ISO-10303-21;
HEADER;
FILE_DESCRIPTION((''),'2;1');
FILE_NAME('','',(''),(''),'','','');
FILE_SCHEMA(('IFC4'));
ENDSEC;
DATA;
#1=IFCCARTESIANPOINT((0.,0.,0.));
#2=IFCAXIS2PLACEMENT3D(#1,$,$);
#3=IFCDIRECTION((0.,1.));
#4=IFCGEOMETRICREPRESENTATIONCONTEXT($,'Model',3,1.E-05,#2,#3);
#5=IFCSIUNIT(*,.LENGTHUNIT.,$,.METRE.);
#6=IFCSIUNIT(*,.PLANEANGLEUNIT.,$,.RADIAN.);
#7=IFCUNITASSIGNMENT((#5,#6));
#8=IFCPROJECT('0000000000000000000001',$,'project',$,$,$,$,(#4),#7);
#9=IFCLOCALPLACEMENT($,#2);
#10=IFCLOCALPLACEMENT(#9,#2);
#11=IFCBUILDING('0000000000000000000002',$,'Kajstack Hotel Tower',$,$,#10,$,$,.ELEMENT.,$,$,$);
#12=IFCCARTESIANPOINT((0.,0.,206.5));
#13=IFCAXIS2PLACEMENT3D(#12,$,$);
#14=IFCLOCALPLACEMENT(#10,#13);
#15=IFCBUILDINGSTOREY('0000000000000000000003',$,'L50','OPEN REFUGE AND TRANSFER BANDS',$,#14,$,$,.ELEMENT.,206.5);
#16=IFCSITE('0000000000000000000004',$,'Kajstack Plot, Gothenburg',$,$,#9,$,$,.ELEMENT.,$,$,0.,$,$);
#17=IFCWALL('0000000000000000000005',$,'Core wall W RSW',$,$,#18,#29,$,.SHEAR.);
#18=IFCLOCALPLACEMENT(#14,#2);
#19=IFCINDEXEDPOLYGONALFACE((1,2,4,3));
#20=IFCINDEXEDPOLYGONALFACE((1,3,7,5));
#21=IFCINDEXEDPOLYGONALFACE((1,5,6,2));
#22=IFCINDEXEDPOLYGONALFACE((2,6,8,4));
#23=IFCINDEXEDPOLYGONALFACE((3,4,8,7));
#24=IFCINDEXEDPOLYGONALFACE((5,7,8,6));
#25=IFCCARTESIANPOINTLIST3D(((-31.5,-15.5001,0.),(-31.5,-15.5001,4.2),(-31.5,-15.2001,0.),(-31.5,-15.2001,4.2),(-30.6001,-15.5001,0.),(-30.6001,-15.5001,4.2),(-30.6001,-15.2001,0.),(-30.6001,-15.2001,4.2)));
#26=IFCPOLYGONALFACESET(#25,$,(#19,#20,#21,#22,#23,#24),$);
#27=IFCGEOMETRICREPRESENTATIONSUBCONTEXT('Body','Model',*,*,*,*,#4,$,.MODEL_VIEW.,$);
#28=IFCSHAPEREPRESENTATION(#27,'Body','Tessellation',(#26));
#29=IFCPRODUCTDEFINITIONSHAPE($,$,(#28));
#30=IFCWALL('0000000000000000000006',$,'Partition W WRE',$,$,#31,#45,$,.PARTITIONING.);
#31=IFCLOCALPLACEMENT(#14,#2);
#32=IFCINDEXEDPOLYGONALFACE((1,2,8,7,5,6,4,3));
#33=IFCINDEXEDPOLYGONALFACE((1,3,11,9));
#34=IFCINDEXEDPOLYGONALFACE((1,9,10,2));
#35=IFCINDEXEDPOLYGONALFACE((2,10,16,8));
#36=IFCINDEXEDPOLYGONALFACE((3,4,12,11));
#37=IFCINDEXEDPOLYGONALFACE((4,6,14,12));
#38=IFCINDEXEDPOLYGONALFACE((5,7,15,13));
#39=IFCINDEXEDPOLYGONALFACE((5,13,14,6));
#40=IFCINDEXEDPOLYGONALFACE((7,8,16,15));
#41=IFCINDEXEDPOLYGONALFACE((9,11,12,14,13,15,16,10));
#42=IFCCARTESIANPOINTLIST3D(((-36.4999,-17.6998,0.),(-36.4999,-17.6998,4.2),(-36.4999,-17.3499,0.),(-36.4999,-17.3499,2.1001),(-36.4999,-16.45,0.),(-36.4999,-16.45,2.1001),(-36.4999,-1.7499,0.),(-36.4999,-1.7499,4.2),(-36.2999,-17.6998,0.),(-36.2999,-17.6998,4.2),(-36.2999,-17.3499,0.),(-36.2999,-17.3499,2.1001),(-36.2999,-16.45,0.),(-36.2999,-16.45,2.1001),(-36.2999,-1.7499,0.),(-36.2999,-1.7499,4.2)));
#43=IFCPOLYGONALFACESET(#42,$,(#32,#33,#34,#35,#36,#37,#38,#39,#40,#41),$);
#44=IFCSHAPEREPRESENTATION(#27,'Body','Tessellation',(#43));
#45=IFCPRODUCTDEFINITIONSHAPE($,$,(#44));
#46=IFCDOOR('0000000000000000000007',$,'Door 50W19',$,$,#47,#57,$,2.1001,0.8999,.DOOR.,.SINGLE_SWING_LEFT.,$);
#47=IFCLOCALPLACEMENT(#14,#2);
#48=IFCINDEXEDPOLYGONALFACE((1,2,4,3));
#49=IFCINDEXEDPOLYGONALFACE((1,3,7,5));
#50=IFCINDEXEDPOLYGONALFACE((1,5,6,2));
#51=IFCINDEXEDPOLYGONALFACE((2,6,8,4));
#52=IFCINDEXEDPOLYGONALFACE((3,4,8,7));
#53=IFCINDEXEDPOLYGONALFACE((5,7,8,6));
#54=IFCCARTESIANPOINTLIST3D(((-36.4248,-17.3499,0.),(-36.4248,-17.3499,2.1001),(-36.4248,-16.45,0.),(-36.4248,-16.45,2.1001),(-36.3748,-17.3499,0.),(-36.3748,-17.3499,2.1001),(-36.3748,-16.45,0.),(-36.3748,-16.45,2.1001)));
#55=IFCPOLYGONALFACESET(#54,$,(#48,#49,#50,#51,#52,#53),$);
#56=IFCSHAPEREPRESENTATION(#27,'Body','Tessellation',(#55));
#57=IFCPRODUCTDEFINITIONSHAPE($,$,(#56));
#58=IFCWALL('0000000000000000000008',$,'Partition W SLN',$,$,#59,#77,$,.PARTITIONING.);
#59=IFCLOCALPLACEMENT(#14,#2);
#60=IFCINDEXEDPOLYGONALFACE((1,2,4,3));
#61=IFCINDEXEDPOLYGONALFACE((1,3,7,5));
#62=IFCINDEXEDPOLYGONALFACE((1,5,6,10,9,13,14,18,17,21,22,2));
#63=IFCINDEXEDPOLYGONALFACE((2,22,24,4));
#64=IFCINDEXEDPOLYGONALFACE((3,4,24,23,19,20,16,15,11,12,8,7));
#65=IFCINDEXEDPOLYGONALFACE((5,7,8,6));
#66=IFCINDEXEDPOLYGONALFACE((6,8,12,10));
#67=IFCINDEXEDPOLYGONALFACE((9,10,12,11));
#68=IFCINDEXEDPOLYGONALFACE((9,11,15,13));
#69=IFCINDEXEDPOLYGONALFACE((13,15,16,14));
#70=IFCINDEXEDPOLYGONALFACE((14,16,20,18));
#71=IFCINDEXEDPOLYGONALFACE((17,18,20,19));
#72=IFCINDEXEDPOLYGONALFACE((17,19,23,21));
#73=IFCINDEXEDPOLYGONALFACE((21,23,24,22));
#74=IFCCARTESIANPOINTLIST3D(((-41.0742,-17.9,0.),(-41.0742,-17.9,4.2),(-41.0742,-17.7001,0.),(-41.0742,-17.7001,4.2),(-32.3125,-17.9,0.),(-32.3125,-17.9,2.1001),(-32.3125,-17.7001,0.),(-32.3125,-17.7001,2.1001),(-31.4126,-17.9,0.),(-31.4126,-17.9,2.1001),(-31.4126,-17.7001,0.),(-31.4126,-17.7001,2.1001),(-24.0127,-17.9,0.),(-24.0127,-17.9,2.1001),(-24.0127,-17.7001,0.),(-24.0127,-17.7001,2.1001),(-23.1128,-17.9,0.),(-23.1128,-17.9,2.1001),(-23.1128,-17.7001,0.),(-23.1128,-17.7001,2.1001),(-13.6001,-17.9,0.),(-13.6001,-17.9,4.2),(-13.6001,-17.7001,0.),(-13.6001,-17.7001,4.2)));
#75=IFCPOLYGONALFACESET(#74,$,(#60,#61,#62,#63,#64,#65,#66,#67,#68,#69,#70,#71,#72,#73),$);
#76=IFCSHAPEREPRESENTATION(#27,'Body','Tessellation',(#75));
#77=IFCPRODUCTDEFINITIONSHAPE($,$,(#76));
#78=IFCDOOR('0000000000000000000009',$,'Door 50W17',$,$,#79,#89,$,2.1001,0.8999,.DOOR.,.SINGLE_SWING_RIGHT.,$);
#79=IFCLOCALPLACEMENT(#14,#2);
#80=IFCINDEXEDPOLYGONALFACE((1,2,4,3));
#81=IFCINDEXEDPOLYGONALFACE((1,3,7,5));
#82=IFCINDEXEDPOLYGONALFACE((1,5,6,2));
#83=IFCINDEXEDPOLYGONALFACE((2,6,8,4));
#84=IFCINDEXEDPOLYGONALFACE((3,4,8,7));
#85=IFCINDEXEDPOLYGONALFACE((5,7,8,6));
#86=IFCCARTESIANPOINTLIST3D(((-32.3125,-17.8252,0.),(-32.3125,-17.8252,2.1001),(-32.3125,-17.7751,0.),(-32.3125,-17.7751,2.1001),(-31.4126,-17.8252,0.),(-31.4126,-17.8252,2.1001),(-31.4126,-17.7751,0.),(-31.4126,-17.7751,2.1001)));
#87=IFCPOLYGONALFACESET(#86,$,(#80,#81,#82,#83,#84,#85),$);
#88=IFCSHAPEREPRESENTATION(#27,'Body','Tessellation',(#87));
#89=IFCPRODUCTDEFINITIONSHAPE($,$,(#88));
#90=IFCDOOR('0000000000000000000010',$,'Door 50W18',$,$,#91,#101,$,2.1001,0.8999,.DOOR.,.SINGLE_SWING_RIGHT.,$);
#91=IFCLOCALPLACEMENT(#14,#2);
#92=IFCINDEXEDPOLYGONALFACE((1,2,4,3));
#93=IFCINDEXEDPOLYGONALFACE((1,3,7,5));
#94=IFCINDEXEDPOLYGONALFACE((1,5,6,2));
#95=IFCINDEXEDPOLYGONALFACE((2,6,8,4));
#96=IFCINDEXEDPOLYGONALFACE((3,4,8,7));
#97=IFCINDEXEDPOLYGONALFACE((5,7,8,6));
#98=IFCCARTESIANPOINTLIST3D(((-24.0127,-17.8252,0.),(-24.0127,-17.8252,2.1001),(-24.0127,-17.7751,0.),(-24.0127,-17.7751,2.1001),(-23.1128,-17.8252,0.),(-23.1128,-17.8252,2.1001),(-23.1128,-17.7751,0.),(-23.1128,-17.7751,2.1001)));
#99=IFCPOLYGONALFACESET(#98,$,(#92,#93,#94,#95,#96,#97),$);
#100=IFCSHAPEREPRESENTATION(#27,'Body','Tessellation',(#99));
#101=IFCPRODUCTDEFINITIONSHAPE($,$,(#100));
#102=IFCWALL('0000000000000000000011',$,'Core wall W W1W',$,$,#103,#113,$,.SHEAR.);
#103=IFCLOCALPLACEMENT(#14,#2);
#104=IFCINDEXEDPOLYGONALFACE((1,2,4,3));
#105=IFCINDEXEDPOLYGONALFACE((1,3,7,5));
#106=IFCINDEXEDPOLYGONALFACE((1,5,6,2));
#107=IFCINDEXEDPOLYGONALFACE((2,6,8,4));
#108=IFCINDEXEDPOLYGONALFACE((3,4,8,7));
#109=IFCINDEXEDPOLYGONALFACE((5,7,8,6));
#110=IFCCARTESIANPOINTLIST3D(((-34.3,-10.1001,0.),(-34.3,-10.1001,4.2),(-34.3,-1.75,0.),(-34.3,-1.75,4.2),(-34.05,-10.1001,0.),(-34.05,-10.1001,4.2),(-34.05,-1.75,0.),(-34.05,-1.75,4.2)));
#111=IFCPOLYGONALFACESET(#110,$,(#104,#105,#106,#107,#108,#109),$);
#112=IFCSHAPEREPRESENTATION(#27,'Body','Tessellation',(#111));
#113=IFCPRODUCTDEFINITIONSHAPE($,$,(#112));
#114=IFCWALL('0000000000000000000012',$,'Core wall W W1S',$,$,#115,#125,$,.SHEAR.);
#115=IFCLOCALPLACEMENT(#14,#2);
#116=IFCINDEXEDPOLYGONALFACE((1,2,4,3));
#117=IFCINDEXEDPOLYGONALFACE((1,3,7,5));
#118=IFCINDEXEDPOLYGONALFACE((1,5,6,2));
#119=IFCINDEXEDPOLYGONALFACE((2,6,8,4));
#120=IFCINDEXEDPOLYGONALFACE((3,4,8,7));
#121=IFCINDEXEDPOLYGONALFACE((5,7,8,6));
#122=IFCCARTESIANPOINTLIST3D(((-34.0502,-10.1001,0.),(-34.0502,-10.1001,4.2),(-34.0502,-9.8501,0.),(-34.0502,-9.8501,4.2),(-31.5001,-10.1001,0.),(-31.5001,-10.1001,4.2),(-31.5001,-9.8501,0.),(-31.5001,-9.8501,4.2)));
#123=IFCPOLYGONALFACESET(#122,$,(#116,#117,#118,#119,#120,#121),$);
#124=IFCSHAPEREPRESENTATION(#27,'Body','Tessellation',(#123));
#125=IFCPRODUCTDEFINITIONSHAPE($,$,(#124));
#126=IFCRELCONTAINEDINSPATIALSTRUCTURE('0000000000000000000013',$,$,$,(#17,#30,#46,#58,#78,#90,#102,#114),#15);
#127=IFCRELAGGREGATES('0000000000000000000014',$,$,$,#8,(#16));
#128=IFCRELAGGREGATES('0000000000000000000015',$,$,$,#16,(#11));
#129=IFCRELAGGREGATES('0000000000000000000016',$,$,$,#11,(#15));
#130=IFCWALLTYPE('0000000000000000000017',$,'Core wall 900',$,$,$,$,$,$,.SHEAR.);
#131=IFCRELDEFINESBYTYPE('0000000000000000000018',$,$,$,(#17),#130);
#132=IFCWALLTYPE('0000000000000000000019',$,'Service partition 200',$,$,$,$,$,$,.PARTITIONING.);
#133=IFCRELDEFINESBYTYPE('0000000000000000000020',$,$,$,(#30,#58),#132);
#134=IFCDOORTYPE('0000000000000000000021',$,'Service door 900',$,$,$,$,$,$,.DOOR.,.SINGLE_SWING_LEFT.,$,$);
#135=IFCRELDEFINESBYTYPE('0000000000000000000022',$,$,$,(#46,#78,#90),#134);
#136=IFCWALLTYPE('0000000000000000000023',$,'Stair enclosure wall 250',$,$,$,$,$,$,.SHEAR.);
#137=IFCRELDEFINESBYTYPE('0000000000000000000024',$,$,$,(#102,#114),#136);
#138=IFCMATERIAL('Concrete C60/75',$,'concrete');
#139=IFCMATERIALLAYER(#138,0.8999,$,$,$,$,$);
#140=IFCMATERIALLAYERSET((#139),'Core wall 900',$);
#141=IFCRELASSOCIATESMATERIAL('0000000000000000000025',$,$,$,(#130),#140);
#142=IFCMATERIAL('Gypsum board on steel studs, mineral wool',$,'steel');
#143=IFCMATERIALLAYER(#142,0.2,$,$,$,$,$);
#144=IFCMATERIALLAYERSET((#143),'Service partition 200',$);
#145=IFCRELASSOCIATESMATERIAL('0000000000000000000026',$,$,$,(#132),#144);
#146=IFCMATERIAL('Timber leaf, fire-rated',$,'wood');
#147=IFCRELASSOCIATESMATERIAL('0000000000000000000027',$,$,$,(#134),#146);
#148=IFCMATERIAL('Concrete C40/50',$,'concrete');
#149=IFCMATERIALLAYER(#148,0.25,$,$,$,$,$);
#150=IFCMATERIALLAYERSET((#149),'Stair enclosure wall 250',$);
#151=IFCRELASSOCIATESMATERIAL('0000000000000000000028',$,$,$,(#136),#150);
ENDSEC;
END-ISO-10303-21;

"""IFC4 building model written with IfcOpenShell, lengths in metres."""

from ifc_helpers import new_model, si_unit, direction, frame, frame_2d, origin, place, context, subcontext, project, spatial, rectangle, extrude, material, layer, layer_set, type_object, element, fill, save


model = new_model("IFC4")

# Units and contexts
model_context = context("Model", 3, precision=1e-05, world=origin(), true_north=direction((0.0, 1.0)))
body_context = subcontext(model_context, "Body", "Model", "MODEL_VIEW")
ifc_project = project(units=[si_unit("LENGTHUNIT", "METRE"), si_unit("PLANEANGLEUNIT", "RADIAN")], contexts=[model_context])

# Site, building, storey
site_placement = place(None, origin())
site = spatial("IfcSite", under=ifc_project, at=site_placement, Name="Kajstack Plot, Gothenburg", CompositionType="ELEMENT", RefElevation=0.0)
building_placement = place(site_placement, origin())
building = spatial("IfcBuilding", under=site, at=building_placement, Name="Kajstack Hotel Tower", CompositionType="ELEMENT")
storey_placement = place(building_placement, frame((0.0, 0.0, 206.5)))
storey = spatial("IfcBuildingStorey", under=building, at=storey_placement, Name="L50", Description="OPEN REFUGE AND TRANSFER BANDS", CompositionType="ELEMENT", Elevation=206.5)

# Wall
ifc_material_1 = material(Name="Concrete C60/75", Category="concrete")
ifc_layer_1 = layer(ifc_material_1, 0.8999)
ifc_layer_set_1 = layer_set([ifc_layer_1], Name="Core wall 900")
wall_type_1 = type_object("IfcWallType", Name="Core wall 900", PredefinedType="SHEAR", material=ifc_layer_set_1)
wall_1_placement = place(storey_placement, frame((-31.5, -15.3501, 0.0), z_axis=(0.0, 0.0, 1.0), x_axis=(1.0, 0.0, 0.0)))
element("IfcWall", 1, at=wall_1_placement, inside=storey, type_object=wall_type_1, Name="Core wall W RSW", PredefinedType="SHEAR", context=body_context, shape_type="SweptSolid", body=[
    extrude(rectangle(XDim=0.8999, YDim=0.3, at=frame_2d((0.45, 0.0))), origin(), (0.0, 0.0, 1.0), 4.2),
])

# Wall, opening, door
ifc_material_2 = material(Name="Gypsum board on steel studs, mineral wool", Category="steel")
ifc_layer_2 = layer(ifc_material_2, 0.2)
ifc_layer_set_2 = layer_set([ifc_layer_2], Name="Service partition 200")
wall_type_2 = type_object("IfcWallType", Name="Service partition 200", PredefinedType="PARTITIONING", material=ifc_layer_set_2)
wall_2_placement = place(storey_placement, frame((-36.3999, -17.7, 0.0), z_axis=(0.0, 0.0, 1.0), x_axis=(0.0, 1.0, 0.0)))
wall_2 = element("IfcWall", 2, at=wall_2_placement, inside=storey, type_object=wall_type_2, Name="Partition W WRE", PredefinedType="PARTITIONING", context=body_context, shape_type="SweptSolid", body=[
    extrude(rectangle(XDim=15.95, YDim=0.2, at=frame_2d((7.9751, 0.0))), origin(), (0.0, 0.0, 1.0), 4.2),
])
opening_1_placement = place(wall_2_placement, frame((0.3501, 0.0, 0.0)))
opening_1 = element("IfcOpeningElement", 3, at=opening_1_placement, cuts=wall_2, PredefinedType="OPENING", context=body_context, shape_type="SweptSolid", body=[
    extrude(rectangle(XDim=0.8999, YDim=2.1001, at=frame_2d((0.45, 1.05))), frame((0.0, 0.1099, 0.0), z_axis=(0.0, -1.0, 0.0), x_axis=(1.0, 0.0, 0.0)), (0.0, 0.0, 1.0), 0.22),
])
ifc_material_3 = material(Name="Timber leaf, fire-rated", Category="wood")
door_type = type_object("IfcDoorType", Name="Service door 900", OperationType="SINGLE_SWING_LEFT", PredefinedType="DOOR", material=ifc_material_3)
door_1_placement = place(opening_1_placement, origin())
door_1 = element("IfcDoor", 4, at=door_1_placement, inside=storey, type_object=door_type, Name="Door 50W19", OperationType="SINGLE_SWING_LEFT", OverallHeight=2.1001, OverallWidth=0.8999, PredefinedType="DOOR", context=body_context, shape_type="SweptSolid", body=[
    extrude(rectangle(XDim=0.8999, YDim=2.1001, at=frame_2d((0.45, 1.05))), frame((0.0, 0.0249, 0.0), z_axis=(0.0, -1.0, 0.0), x_axis=(1.0, 0.0, 0.0)), (0.0, 0.0, 1.0), 0.05),
])
fill(opening_1, door_1)

# Wall, openings, doors
wall_3_placement = place(storey_placement, frame((-41.0742, -17.8, 0.0), z_axis=(0.0, 0.0, 1.0), x_axis=(1.0, 0.0, 0.0)))
wall_3 = element("IfcWall", 5, at=wall_3_placement, inside=storey, type_object=wall_type_2, Name="Partition W SLN", PredefinedType="PARTITIONING", context=body_context, shape_type="SweptSolid", body=[
    extrude(rectangle(XDim=27.4741, YDim=0.2, at=frame_2d((13.7371, 0.0))), origin(), (0.0, 0.0, 1.0), 4.2),
])
opening_2_placement = place(wall_3_placement, frame((8.7617, 0.0, 0.0)))
opening_2 = element("IfcOpeningElement", 6, at=opening_2_placement, cuts=wall_3, PredefinedType="OPENING", context=body_context, shape_type="SweptSolid", body=[
    extrude(rectangle(XDim=0.8999, YDim=2.1001, at=frame_2d((0.45, 1.05))), frame((0.0, 0.1099, 0.0), z_axis=(0.0, -1.0, 0.0), x_axis=(1.0, 0.0, 0.0)), (0.0, 0.0, 1.0), 0.22),
])
opening_3_placement = place(wall_3_placement, frame((17.0615, 0.0, 0.0)))
opening_3 = element("IfcOpeningElement", 7, at=opening_3_placement, cuts=wall_3, PredefinedType="OPENING", context=body_context, shape_type="SweptSolid", body=[
    extrude(rectangle(XDim=0.8999, YDim=2.1001, at=frame_2d((0.45, 1.05))), frame((0.0, 0.1099, 0.0), z_axis=(0.0, -1.0, 0.0), x_axis=(1.0, 0.0, 0.0)), (0.0, 0.0, 1.0), 0.22),
])
door_2_placement = place(opening_2_placement, origin())
door_2 = element("IfcDoor", 8, at=door_2_placement, inside=storey, type_object=door_type, Name="Door 50W17", OperationType="SINGLE_SWING_RIGHT", OverallHeight=2.1001, OverallWidth=0.8999, PredefinedType="DOOR", context=body_context, shape_type="SweptSolid", body=[
    extrude(rectangle(XDim=0.8999, YDim=2.1001, at=frame_2d((0.45, 1.05))), frame((0.0, 0.0249, 0.0), z_axis=(0.0, -1.0, 0.0), x_axis=(1.0, 0.0, 0.0)), (0.0, 0.0, 1.0), 0.05),
])
fill(opening_2, door_2)
door_3_placement = place(opening_3_placement, origin())
door_3 = element("IfcDoor", 9, at=door_3_placement, inside=storey, type_object=door_type, Name="Door 50W18", OperationType="SINGLE_SWING_RIGHT", OverallHeight=2.1001, OverallWidth=0.8999, PredefinedType="DOOR", context=body_context, shape_type="SweptSolid", body=[
    extrude(rectangle(XDim=0.8999, YDim=2.1001, at=frame_2d((0.45, 1.05))), frame((0.0, 0.0249, 0.0), z_axis=(0.0, -1.0, 0.0), x_axis=(1.0, 0.0, 0.0)), (0.0, 0.0, 1.0), 0.05),
])
fill(opening_3, door_3)

# Walls
ifc_material_4 = material(Name="Concrete C40/50", Category="concrete")
ifc_layer_3 = layer(ifc_material_4, 0.25)
ifc_layer_set_3 = layer_set([ifc_layer_3], Name="Stair enclosure wall 250")
wall_type_3 = type_object("IfcWallType", Name="Stair enclosure wall 250", PredefinedType="SHEAR", material=ifc_layer_set_3)
wall_4_placement = place(storey_placement, frame((-34.175, -10.1001, 0.0), z_axis=(0.0, 0.0, 1.0), x_axis=(0.0, 1.0, 0.0)))
element("IfcWall", 10, at=wall_4_placement, inside=storey, type_object=wall_type_3, Name="Core wall W W1W", PredefinedType="SHEAR", context=body_context, shape_type="SweptSolid", body=[
    extrude(rectangle(XDim=8.3501, YDim=0.25, at=frame_2d((4.175, 0.0))), origin(), (0.0, 0.0, 1.0), 4.2),
])
wall_5_placement = place(storey_placement, frame((-34.05, -9.9751, 0.0), z_axis=(0.0, 0.0, 1.0), x_axis=(1.0, 0.0, 0.0)))
element("IfcWall", 11, at=wall_5_placement, inside=storey, type_object=wall_type_3, Name="Core wall W W1S", PredefinedType="SHEAR", context=body_context, shape_type="SweptSolid", body=[
    extrude(rectangle(XDim=2.55, YDim=0.25, at=frame_2d((1.2749, 0.0))), origin(), (0.0, 0.0, 1.0), 4.2),
])

save(model, "model.ifc")
